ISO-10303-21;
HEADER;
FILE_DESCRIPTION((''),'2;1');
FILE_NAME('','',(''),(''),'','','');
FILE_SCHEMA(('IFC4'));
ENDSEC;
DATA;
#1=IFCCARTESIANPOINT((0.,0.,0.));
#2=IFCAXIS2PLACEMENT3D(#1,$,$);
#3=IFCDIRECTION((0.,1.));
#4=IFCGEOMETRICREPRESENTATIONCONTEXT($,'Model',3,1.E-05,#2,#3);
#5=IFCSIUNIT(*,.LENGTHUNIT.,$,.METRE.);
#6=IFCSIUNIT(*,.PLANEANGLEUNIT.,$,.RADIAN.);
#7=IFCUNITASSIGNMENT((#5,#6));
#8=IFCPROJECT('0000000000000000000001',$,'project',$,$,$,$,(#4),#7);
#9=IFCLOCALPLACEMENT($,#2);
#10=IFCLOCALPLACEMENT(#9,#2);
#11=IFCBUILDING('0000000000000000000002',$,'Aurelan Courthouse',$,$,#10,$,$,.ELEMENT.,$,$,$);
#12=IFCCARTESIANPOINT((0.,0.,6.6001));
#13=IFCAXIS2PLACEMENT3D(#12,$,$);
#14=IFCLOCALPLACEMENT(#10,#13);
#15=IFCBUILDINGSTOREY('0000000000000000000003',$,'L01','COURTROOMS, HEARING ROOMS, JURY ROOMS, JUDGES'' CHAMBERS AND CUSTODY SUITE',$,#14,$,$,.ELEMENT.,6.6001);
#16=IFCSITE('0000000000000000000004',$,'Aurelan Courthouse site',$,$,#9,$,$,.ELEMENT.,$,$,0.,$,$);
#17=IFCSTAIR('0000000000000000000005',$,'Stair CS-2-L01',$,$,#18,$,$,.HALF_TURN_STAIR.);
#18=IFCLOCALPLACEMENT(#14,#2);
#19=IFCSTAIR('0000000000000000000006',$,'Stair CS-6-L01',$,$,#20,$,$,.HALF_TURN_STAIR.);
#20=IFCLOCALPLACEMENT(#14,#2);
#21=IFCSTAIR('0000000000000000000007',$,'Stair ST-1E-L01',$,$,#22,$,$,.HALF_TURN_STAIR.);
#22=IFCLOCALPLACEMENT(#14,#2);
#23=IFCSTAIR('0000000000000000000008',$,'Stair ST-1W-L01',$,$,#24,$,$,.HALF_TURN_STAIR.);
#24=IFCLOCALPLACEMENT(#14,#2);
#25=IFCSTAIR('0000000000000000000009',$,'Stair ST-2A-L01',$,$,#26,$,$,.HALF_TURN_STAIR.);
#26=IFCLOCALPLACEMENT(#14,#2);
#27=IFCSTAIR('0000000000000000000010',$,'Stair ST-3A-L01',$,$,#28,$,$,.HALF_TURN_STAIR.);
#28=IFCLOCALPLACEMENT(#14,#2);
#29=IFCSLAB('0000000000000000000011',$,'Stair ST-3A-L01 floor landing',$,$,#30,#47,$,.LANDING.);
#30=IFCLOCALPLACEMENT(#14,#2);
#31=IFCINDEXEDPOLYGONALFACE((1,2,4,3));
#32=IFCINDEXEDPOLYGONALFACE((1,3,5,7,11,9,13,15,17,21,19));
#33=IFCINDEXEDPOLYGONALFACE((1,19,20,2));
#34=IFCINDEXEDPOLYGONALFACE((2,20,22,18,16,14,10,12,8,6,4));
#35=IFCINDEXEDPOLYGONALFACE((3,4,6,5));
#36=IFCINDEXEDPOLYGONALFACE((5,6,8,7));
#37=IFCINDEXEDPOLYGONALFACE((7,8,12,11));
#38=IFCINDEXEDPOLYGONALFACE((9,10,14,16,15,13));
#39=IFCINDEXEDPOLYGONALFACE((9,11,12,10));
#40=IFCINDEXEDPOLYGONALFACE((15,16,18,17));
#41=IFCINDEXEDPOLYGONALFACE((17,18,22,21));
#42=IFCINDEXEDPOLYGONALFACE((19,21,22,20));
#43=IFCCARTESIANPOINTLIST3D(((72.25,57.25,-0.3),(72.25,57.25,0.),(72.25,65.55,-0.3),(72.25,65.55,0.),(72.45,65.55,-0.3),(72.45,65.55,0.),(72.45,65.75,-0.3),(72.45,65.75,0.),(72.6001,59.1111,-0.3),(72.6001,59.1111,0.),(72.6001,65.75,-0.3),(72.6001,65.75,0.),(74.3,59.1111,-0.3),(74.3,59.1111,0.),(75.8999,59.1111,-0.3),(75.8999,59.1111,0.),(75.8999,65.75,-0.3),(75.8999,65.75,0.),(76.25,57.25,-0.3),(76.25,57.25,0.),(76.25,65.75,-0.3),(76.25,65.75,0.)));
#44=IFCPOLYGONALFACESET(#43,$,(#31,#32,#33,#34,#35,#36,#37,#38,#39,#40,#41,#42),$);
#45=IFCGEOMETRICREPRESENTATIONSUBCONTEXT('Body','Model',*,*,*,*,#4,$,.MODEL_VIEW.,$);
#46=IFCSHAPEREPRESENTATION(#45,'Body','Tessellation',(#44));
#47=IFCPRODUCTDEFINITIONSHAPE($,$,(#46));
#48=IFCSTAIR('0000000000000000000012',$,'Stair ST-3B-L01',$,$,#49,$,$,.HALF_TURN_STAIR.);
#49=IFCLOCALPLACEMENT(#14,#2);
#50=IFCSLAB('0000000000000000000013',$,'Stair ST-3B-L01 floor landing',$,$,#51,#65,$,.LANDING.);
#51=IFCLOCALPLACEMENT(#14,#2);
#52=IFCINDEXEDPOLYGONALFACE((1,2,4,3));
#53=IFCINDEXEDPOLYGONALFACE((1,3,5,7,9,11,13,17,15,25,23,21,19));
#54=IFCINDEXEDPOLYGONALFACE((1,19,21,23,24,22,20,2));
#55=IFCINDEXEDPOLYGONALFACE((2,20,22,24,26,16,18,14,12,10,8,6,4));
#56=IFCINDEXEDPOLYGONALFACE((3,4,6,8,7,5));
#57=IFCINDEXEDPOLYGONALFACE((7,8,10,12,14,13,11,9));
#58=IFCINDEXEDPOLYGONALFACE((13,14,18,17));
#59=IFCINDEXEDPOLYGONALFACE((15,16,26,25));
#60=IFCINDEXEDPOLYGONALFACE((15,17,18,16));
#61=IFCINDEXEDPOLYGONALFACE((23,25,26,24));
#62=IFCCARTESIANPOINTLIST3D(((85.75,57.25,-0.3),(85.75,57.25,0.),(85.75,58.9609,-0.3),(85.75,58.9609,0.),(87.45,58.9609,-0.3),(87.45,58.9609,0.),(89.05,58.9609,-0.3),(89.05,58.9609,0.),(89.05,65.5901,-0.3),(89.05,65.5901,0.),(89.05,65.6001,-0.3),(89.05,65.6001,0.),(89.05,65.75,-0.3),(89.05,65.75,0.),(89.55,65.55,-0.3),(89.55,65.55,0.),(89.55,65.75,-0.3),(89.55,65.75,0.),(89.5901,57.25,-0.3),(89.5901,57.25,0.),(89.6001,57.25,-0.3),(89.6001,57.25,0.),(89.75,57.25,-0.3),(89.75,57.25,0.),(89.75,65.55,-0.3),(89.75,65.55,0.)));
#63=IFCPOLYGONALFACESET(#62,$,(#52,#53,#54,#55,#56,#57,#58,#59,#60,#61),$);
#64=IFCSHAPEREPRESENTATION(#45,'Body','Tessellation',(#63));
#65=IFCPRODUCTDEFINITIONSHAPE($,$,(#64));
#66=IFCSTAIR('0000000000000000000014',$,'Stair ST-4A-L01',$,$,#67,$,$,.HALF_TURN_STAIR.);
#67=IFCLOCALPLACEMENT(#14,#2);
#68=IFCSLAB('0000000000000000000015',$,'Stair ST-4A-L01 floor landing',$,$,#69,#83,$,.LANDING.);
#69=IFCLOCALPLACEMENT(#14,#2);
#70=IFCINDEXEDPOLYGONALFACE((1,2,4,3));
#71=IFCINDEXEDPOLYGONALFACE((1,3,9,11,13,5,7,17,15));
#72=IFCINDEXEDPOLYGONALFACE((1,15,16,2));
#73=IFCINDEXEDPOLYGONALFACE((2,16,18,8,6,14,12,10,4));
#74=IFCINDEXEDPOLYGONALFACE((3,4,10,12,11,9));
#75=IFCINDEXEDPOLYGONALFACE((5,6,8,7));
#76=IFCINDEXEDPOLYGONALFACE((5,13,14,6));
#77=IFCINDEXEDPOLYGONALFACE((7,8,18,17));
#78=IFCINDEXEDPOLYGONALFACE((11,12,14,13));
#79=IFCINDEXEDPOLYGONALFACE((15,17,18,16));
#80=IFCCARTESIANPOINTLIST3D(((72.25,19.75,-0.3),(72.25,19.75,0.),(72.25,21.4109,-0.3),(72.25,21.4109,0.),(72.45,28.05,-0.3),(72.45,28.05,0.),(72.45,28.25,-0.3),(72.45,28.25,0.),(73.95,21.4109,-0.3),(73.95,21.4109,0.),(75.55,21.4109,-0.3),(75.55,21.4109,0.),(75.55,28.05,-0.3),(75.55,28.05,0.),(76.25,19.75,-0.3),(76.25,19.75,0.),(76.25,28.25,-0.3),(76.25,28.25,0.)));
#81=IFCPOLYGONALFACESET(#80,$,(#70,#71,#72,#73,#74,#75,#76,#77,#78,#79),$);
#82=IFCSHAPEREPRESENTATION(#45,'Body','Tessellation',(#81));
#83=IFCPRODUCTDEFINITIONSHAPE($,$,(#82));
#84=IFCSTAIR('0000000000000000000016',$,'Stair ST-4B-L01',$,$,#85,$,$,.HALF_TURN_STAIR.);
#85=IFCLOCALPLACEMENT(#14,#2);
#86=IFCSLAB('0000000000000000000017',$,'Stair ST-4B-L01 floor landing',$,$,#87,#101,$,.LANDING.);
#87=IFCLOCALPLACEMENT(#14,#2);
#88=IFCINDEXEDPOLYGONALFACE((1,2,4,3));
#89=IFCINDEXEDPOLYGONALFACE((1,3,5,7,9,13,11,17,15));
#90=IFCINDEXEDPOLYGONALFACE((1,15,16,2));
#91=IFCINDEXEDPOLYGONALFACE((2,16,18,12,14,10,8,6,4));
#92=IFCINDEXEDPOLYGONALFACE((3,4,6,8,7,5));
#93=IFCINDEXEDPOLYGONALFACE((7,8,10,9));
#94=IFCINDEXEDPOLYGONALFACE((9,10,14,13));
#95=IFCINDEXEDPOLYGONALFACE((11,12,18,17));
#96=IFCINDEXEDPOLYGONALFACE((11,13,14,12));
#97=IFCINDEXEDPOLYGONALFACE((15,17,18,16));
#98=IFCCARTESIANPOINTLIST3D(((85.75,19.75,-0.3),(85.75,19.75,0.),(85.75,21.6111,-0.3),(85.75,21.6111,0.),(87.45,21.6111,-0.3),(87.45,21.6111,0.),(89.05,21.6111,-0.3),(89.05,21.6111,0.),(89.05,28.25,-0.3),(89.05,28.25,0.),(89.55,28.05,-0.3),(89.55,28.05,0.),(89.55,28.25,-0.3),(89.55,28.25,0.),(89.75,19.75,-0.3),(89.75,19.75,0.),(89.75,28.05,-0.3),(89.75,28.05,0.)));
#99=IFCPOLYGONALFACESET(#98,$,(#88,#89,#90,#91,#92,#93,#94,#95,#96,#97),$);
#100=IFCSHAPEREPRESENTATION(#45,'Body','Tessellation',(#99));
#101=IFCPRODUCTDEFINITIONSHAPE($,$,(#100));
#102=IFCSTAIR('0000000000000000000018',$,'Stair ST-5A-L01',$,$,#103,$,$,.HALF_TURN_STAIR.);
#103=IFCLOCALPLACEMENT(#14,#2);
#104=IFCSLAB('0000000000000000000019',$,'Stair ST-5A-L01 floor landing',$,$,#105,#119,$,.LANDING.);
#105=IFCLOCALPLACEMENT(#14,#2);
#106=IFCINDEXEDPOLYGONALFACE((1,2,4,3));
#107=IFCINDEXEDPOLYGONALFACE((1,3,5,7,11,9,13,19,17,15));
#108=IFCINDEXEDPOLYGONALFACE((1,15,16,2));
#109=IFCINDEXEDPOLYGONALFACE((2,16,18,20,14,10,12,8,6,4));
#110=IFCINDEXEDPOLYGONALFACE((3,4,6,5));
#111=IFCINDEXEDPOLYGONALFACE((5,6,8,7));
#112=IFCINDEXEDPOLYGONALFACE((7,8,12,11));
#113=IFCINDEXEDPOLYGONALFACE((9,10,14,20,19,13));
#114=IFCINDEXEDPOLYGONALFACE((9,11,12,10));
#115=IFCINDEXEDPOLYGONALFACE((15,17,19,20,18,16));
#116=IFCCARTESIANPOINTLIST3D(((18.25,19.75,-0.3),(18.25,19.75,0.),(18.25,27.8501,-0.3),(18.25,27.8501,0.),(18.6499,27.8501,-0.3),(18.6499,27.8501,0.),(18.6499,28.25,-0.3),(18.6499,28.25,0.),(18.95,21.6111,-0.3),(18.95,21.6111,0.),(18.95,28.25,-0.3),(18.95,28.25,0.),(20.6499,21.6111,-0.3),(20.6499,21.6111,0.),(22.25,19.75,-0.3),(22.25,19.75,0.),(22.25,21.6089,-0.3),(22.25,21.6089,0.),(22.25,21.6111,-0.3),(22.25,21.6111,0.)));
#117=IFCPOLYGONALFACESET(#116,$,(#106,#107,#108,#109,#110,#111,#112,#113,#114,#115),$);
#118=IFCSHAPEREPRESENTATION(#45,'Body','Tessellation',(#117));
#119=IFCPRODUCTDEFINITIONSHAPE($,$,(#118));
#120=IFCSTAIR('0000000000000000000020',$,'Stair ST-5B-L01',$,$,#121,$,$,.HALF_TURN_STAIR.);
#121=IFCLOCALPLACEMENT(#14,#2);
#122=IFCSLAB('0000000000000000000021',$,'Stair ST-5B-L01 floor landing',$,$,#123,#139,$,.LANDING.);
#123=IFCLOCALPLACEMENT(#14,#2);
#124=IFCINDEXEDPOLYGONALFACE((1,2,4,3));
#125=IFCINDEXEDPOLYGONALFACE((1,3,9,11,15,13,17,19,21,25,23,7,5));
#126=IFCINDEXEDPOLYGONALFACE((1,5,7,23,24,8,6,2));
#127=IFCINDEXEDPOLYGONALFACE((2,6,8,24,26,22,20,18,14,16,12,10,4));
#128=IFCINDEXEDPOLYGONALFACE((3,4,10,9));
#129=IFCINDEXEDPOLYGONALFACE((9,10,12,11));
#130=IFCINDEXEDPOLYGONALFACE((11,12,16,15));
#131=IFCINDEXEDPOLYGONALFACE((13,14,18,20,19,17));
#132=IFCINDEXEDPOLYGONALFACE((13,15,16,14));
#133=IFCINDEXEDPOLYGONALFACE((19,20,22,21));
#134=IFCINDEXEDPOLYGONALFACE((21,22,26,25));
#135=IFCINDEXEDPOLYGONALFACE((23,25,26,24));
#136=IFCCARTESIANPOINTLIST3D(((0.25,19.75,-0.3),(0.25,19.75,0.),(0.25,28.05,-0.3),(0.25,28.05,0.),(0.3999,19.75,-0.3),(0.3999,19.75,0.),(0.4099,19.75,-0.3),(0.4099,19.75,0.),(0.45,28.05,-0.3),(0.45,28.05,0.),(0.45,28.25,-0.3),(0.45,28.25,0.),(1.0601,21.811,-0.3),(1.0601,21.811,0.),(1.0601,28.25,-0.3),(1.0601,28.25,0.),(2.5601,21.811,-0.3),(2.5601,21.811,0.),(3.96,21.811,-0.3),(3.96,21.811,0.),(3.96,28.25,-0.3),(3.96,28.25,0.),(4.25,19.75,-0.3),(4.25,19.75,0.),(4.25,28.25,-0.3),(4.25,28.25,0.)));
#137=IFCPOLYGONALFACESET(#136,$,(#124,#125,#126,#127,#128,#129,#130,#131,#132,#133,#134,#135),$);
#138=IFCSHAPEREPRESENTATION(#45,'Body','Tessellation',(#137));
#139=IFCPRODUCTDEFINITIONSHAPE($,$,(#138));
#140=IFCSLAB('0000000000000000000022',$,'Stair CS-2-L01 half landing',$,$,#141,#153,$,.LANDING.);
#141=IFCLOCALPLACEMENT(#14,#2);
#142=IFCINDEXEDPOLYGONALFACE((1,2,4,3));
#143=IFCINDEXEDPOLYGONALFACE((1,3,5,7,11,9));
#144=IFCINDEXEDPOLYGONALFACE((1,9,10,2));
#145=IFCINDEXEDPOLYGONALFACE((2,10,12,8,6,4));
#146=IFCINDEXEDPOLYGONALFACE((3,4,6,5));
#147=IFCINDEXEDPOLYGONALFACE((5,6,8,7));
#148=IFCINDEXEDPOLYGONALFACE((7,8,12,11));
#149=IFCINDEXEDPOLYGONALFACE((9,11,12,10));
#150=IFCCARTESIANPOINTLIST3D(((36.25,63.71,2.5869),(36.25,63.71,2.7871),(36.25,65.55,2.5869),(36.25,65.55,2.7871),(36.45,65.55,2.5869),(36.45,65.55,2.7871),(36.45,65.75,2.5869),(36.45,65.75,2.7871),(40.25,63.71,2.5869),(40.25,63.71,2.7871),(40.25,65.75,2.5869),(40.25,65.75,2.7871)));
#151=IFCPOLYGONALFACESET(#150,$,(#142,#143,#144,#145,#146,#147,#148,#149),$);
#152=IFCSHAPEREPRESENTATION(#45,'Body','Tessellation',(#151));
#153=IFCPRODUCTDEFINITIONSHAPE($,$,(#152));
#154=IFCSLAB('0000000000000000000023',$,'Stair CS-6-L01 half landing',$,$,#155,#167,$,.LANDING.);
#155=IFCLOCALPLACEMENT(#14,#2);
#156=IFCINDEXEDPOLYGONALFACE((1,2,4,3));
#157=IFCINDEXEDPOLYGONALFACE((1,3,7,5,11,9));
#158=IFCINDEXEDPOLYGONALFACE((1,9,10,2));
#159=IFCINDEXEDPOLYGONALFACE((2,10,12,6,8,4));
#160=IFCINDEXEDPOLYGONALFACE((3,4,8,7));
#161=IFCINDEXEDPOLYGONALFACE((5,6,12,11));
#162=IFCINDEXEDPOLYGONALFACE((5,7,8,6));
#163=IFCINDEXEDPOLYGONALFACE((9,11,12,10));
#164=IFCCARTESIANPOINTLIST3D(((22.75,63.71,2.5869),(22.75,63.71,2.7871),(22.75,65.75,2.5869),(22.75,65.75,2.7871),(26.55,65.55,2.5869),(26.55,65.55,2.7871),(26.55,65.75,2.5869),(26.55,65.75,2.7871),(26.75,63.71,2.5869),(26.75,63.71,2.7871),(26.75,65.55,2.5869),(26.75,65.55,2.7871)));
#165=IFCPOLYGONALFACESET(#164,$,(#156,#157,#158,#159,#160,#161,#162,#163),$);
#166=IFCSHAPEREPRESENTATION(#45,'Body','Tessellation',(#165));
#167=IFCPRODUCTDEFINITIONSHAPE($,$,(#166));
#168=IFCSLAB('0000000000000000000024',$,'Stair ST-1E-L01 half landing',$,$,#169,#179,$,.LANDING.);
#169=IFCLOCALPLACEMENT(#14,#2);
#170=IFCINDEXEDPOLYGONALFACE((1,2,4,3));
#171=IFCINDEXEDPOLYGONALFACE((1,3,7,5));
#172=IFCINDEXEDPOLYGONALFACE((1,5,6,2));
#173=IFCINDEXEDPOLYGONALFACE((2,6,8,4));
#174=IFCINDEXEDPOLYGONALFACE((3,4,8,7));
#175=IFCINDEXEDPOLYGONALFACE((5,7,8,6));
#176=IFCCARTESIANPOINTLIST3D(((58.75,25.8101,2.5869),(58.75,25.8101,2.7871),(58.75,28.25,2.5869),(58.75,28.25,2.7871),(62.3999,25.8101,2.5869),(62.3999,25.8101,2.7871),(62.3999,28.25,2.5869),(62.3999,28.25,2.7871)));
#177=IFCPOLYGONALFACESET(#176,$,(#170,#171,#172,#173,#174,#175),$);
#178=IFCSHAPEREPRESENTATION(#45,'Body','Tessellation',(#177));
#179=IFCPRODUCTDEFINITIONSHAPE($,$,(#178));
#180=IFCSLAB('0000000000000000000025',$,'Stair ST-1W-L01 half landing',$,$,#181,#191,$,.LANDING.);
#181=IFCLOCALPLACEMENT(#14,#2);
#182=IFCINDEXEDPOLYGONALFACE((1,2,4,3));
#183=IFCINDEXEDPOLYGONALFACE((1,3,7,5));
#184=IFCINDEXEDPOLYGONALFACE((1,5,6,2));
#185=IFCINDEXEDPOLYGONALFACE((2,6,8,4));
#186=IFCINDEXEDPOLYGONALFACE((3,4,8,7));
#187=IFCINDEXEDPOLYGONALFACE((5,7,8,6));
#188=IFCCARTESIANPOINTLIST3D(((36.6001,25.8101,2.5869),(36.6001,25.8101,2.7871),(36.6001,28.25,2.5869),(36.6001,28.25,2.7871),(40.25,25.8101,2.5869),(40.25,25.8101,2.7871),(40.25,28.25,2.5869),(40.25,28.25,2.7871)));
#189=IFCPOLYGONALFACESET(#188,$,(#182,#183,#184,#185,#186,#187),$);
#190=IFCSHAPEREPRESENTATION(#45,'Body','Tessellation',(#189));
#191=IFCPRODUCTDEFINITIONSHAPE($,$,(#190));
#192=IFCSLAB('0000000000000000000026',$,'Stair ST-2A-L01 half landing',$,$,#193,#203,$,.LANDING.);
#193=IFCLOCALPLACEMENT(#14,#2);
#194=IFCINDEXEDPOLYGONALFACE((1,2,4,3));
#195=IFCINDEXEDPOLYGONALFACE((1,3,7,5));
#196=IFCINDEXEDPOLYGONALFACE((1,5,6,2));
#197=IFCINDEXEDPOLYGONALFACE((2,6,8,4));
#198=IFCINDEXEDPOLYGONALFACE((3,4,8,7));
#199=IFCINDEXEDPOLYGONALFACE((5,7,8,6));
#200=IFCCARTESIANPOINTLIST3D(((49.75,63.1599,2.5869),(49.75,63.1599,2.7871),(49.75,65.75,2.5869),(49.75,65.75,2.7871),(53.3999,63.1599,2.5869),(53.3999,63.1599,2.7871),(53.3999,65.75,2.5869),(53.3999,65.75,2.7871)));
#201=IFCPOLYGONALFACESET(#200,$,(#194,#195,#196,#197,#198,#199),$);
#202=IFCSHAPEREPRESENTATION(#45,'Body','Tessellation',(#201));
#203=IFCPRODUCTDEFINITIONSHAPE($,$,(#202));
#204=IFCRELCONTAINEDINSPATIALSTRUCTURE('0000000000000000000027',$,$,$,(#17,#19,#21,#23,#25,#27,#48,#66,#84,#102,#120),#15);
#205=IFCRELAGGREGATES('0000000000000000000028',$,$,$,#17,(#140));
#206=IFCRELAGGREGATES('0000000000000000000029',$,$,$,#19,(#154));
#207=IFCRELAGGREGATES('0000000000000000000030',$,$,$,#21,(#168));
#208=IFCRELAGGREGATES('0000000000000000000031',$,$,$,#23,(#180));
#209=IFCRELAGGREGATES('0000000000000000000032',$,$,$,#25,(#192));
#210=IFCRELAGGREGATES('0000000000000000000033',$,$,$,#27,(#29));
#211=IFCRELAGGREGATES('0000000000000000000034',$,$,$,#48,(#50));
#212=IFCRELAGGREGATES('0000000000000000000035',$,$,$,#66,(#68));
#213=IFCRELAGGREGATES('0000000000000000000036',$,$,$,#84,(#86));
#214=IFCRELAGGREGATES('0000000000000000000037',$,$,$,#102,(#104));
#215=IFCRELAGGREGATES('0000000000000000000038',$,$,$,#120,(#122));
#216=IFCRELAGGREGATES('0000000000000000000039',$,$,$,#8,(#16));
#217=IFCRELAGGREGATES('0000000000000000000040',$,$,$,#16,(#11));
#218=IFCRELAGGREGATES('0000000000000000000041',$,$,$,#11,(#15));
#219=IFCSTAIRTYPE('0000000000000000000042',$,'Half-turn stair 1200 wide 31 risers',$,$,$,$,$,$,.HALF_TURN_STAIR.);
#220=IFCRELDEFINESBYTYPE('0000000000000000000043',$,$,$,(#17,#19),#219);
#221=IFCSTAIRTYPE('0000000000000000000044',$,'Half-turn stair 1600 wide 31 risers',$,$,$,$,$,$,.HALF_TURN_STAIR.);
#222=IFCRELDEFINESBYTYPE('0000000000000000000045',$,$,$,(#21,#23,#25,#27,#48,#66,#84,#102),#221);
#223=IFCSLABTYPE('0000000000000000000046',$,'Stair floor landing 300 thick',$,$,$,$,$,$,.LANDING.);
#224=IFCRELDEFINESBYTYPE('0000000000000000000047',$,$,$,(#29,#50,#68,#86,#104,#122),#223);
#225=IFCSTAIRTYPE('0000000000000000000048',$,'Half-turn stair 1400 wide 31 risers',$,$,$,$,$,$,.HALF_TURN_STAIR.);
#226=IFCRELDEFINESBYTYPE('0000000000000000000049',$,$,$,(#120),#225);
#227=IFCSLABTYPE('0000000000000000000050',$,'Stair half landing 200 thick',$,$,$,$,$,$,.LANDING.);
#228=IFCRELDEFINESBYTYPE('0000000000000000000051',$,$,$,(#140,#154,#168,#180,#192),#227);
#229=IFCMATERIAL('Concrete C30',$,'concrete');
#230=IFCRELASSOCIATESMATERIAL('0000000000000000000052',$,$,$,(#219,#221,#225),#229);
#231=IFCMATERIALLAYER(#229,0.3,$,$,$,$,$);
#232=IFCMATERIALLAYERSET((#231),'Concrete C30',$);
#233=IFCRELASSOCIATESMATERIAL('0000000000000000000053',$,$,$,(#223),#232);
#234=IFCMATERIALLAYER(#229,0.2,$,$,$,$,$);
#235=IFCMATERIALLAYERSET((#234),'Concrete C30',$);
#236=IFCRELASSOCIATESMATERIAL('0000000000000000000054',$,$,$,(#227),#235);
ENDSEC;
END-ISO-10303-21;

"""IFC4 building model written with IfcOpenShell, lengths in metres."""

from ifc_helpers import new_model, si_unit, direction, frame, origin, place, context, subcontext, project, spatial, polyline, outline, extrude, material, layer, layer_set, type_object, element, aggregate, save


model = new_model("IFC4")

# Units and contexts
model_context = context("Model", 3, precision=1e-05, world=origin(), true_north=direction((0.0, 1.0)))
body_context = subcontext(model_context, "Body", "Model", "MODEL_VIEW")
ifc_project = project(units=[si_unit("LENGTHUNIT", "METRE"), si_unit("PLANEANGLEUNIT", "RADIAN")], contexts=[model_context])

# Site, building, storey
site_placement = place(None, origin())
site = spatial("IfcSite", under=ifc_project, at=site_placement, Name="Aurelan Courthouse site", CompositionType="ELEMENT", RefElevation=0.0)
building_placement = place(site_placement, origin())
building = spatial("IfcBuilding", under=site, at=building_placement, Name="Aurelan Courthouse", CompositionType="ELEMENT")
storey_placement = place(building_placement, frame((0.0, 0.0, 6.6001)))
storey = spatial("IfcBuildingStorey", under=building, at=storey_placement, Name="L01", Description="COURTROOMS, HEARING ROOMS, JURY ROOMS, JUDGES' CHAMBERS AND CUSTODY SUITE", CompositionType="ELEMENT", Elevation=6.6001)

# Stairs, slabs
ifc_material_1 = material(Name="Concrete C30", Category="concrete")
stair_type_1 = type_object("IfcStairType", Name="Half-turn stair 1200 wide 31 risers", PredefinedType="HALF_TURN_STAIR", material=ifc_material_1)
stair_1_placement = place(storey_placement, origin())
stair_1 = element("IfcStair", 1, at=stair_1_placement, inside=storey, type_object=stair_type_1, Name="Stair CS-2-L01", PredefinedType="HALF_TURN_STAIR")
ifc_layer_1 = layer(ifc_material_1, 0.3)
ifc_layer_set_1 = layer_set([ifc_layer_1], Name="Concrete C30")
slab_type_1 = type_object("IfcSlabType", Name="Stair floor landing 300 thick", PredefinedType="LANDING", material=ifc_layer_set_1)
stair_2_placement = place(storey_placement, origin())
stair_2 = element("IfcStair", 2, at=stair_2_placement, inside=storey, type_object=stair_type_1, Name="Stair CS-6-L01", PredefinedType="HALF_TURN_STAIR")
stair_type_2 = type_object("IfcStairType", Name="Half-turn stair 1600 wide 31 risers", PredefinedType="HALF_TURN_STAIR", material=ifc_material_1)
stair_3_placement = place(storey_placement, origin())
stair_3 = element("IfcStair", 3, at=stair_3_placement, inside=storey, type_object=stair_type_2, Name="Stair ST-1E-L01", PredefinedType="HALF_TURN_STAIR")
stair_4_placement = place(storey_placement, origin())
stair_4 = element("IfcStair", 4, at=stair_4_placement, inside=storey, type_object=stair_type_2, Name="Stair ST-1W-L01", PredefinedType="HALF_TURN_STAIR")
stair_5_placement = place(storey_placement, origin())
stair_5 = element("IfcStair", 5, at=stair_5_placement, inside=storey, type_object=stair_type_2, Name="Stair ST-2A-L01", PredefinedType="HALF_TURN_STAIR")
stair_type_3 = type_object("IfcStairType", Name="Half-turn stair 1400 wide 31 risers", PredefinedType="HALF_TURN_STAIR", material=ifc_material_1)
stair_6_placement = place(storey_placement, origin())
stair_6 = element("IfcStair", 6, at=stair_6_placement, inside=storey, type_object=stair_type_2, Name="Stair ST-3A-L01", PredefinedType="HALF_TURN_STAIR")
slab_1_placement = place(storey_placement, frame((0.0, 0.0, -0.3)))
slab_1 = element("IfcSlab", 7, at=slab_1_placement, type_object=slab_type_1, Name="Stair ST-3A-L01 floor landing", PredefinedType="LANDING", context=body_context, shape_type="SweptSolid", body=[
    extrude(outline(polyline([(72.6001, 59.1111), (74.3, 59.1111), (75.8999, 59.1111), (75.8999, 65.75), (76.25, 65.75), (76.25, 57.25), (72.25, 57.25), (72.25, 65.55), (72.45, 65.55), (72.45, 65.75), (72.6001, 65.75), (72.6001, 59.1111)])), origin(), (0.0, 0.0, 1.0), 0.3),
])
stair_7_placement = place(storey_placement, origin())
stair_7 = element("IfcStair", 8, at=stair_7_placement, inside=storey, type_object=stair_type_2, Name="Stair ST-3B-L01", PredefinedType="HALF_TURN_STAIR")
slab_2_placement = place(storey_placement, frame((0.0, 0.0, -0.3)))
slab_2 = element("IfcSlab", 9, at=slab_2_placement, type_object=slab_type_1, Name="Stair ST-3B-L01 floor landing", PredefinedType="LANDING", context=body_context, shape_type="SweptSolid", body=[
    extrude(outline(polyline([(89.05, 65.5901), (89.05, 65.6001), (89.05, 65.75), (89.55, 65.75), (89.55, 65.55), (89.75, 65.55), (89.75, 57.25), (89.6001, 57.25), (89.5901, 57.25), (85.75, 57.25), (85.75, 58.9609), (87.45, 58.9609), (89.05, 58.9609), (89.05, 65.5901)])), origin(), (0.0, 0.0, 1.0), 0.3),
])
stair_8_placement = place(storey_placement, origin())
stair_8 = element("IfcStair", 10, at=stair_8_placement, inside=storey, type_object=stair_type_2, Name="Stair ST-4A-L01", PredefinedType="HALF_TURN_STAIR")
slab_3_placement = place(storey_placement, frame((0.0, 0.0, -0.3)))
slab_3 = element("IfcSlab", 11, at=slab_3_placement, type_object=slab_type_1, Name="Stair ST-4A-L01 floor landing", PredefinedType="LANDING", context=body_context, shape_type="SweptSolid", body=[
    extrude(outline(polyline([(75.55, 21.4109), (75.55, 28.05), (72.45, 28.05), (72.45, 28.25), (76.25, 28.25), (76.25, 19.75), (72.25, 19.75), (72.25, 21.4109), (73.95, 21.4109), (75.55, 21.4109)])), origin(), (0.0, 0.0, 1.0), 0.3),
])
stair_9_placement = place(storey_placement, origin())
stair_9 = element("IfcStair", 12, at=stair_9_placement, inside=storey, type_object=stair_type_2, Name="Stair ST-4B-L01", PredefinedType="HALF_TURN_STAIR")
slab_4_placement = place(storey_placement, frame((0.0, 0.0, -0.3)))
slab_4 = element("IfcSlab", 13, at=slab_4_placement, type_object=slab_type_1, Name="Stair ST-4B-L01 floor landing", PredefinedType="LANDING", context=body_context, shape_type="SweptSolid", body=[
    extrude(outline(polyline([(89.05, 21.6111), (89.05, 28.25), (89.55, 28.25), (89.55, 28.05), (89.75, 28.05), (89.75, 19.75), (85.75, 19.75), (85.75, 21.6111), (87.45, 21.6111), (89.05, 21.6111)])), origin(), (0.0, 0.0, 1.0), 0.3),
])
stair_10_placement = place(storey_placement, origin())
stair_10 = element("IfcStair", 14, at=stair_10_placement, inside=storey, type_object=stair_type_2, Name="Stair ST-5A-L01", PredefinedType="HALF_TURN_STAIR")
slab_5_placement = place(storey_placement, frame((0.0, 0.0, -0.3)))
slab_5 = element("IfcSlab", 15, at=slab_5_placement, type_object=slab_type_1, Name="Stair ST-5A-L01 floor landing", PredefinedType="LANDING", context=body_context, shape_type="SweptSolid", body=[
    extrude(outline(polyline([(18.95, 21.6111), (20.6499, 21.6111), (22.25, 21.6111), (22.25, 21.6089), (22.25, 19.75), (18.25, 19.75), (18.25, 27.8501), (18.6499, 27.8501), (18.6499, 28.25), (18.95, 28.25), (18.95, 21.6111)])), origin(), (0.0, 0.0, 1.0), 0.3),
])
stair_11_placement = place(storey_placement, origin())
stair_11 = element("IfcStair", 16, at=stair_11_placement, inside=storey, type_object=stair_type_3, Name="Stair ST-5B-L01", PredefinedType="HALF_TURN_STAIR")
slab_6_placement = place(storey_placement, frame((0.0, 0.0, -0.3)))
slab_6 = element("IfcSlab", 17, at=slab_6_placement, type_object=slab_type_1, Name="Stair ST-5B-L01 floor landing", PredefinedType="LANDING", context=body_context, shape_type="SweptSolid", body=[
    extrude(outline(polyline([(1.0601, 28.25), (1.0601, 21.811), (2.5601, 21.811), (3.96, 21.811), (3.96, 28.25), (4.25, 28.25), (4.25, 19.75), (0.4099, 19.75), (0.3999, 19.75), (0.25, 19.75), (0.25, 28.05), (0.45, 28.05), (0.45, 28.25), (1.0601, 28.25)])), origin(), (0.0, 0.0, 1.0), 0.3),
])

# Slabs
ifc_layer_2 = layer(ifc_material_1, 0.2)
ifc_layer_set_2 = layer_set([ifc_layer_2], Name="Concrete C30")
slab_type_2 = type_object("IfcSlabType", Name="Stair half landing 200 thick", PredefinedType="LANDING", material=ifc_layer_set_2)
slab_7_placement = place(storey_placement, frame((0.0, 0.0, 2.5869)))
slab_7 = element("IfcSlab", 18, at=slab_7_placement, type_object=slab_type_2, Name="Stair CS-2-L01 half landing", PredefinedType="LANDING", context=body_context, shape_type="SweptSolid", body=[
    extrude(outline(polyline([(36.25, 65.55), (36.45, 65.55), (36.45, 65.75), (40.25, 65.75), (40.25, 63.71), (36.25, 63.71), (36.25, 65.55)])), origin(), (0.0, 0.0, 1.0), 0.2002),
])
aggregate(stair_1, [slab_7])
slab_8_placement = place(storey_placement, frame((0.0, 0.0, 2.5869)))
slab_8 = element("IfcSlab", 19, at=slab_8_placement, type_object=slab_type_2, Name="Stair CS-6-L01 half landing", PredefinedType="LANDING", context=body_context, shape_type="SweptSolid", body=[
    extrude(outline(polyline([(22.75, 65.75), (26.55, 65.75), (26.55, 65.55), (26.75, 65.55), (26.75, 63.71), (22.75, 63.71), (22.75, 65.75)])), origin(), (0.0, 0.0, 1.0), 0.2002),
])
aggregate(stair_2, [slab_8])
slab_9_placement = place(storey_placement, frame((0.0, 0.0, 2.5869)))
slab_9 = element("IfcSlab", 20, at=slab_9_placement, type_object=slab_type_2, Name="Stair ST-1E-L01 half landing", PredefinedType="LANDING", context=body_context, shape_type="SweptSolid", body=[
    extrude(outline(polyline([(58.75, 28.25), (62.3999, 28.25), (62.3999, 25.8101), (58.75, 25.8101), (58.75, 28.25)])), origin(), (0.0, 0.0, 1.0), 0.2002),
])
aggregate(stair_3, [slab_9])
slab_10_placement = place(storey_placement, frame((0.0, 0.0, 2.5869)))
slab_10 = element("IfcSlab", 21, at=slab_10_placement, type_object=slab_type_2, Name="Stair ST-1W-L01 half landing", PredefinedType="LANDING", context=body_context, shape_type="SweptSolid", body=[
    extrude(outline(polyline([(36.6001, 28.25), (40.25, 28.25), (40.25, 25.8101), (36.6001, 25.8101), (36.6001, 28.25)])), origin(), (0.0, 0.0, 1.0), 0.2002),
])
aggregate(stair_4, [slab_10])
slab_11_placement = place(storey_placement, frame((0.0, 0.0, 2.5869)))
slab_11 = element("IfcSlab", 22, at=slab_11_placement, type_object=slab_type_2, Name="Stair ST-2A-L01 half landing", PredefinedType="LANDING", context=body_context, shape_type="SweptSolid", body=[
    extrude(outline(polyline([(49.75, 63.1599), (49.75, 65.75), (53.3999, 65.75), (53.3999, 63.1599), (49.75, 63.1599)])), origin(), (0.0, 0.0, 1.0), 0.2002),
])
aggregate(stair_5, [slab_11])
aggregate(stair_6, [slab_1])
aggregate(stair_7, [slab_2])
aggregate(stair_8, [slab_3])
aggregate(stair_9, [slab_4])
aggregate(stair_10, [slab_5])
aggregate(stair_11, [slab_6])

save(model, "model.ifc")
